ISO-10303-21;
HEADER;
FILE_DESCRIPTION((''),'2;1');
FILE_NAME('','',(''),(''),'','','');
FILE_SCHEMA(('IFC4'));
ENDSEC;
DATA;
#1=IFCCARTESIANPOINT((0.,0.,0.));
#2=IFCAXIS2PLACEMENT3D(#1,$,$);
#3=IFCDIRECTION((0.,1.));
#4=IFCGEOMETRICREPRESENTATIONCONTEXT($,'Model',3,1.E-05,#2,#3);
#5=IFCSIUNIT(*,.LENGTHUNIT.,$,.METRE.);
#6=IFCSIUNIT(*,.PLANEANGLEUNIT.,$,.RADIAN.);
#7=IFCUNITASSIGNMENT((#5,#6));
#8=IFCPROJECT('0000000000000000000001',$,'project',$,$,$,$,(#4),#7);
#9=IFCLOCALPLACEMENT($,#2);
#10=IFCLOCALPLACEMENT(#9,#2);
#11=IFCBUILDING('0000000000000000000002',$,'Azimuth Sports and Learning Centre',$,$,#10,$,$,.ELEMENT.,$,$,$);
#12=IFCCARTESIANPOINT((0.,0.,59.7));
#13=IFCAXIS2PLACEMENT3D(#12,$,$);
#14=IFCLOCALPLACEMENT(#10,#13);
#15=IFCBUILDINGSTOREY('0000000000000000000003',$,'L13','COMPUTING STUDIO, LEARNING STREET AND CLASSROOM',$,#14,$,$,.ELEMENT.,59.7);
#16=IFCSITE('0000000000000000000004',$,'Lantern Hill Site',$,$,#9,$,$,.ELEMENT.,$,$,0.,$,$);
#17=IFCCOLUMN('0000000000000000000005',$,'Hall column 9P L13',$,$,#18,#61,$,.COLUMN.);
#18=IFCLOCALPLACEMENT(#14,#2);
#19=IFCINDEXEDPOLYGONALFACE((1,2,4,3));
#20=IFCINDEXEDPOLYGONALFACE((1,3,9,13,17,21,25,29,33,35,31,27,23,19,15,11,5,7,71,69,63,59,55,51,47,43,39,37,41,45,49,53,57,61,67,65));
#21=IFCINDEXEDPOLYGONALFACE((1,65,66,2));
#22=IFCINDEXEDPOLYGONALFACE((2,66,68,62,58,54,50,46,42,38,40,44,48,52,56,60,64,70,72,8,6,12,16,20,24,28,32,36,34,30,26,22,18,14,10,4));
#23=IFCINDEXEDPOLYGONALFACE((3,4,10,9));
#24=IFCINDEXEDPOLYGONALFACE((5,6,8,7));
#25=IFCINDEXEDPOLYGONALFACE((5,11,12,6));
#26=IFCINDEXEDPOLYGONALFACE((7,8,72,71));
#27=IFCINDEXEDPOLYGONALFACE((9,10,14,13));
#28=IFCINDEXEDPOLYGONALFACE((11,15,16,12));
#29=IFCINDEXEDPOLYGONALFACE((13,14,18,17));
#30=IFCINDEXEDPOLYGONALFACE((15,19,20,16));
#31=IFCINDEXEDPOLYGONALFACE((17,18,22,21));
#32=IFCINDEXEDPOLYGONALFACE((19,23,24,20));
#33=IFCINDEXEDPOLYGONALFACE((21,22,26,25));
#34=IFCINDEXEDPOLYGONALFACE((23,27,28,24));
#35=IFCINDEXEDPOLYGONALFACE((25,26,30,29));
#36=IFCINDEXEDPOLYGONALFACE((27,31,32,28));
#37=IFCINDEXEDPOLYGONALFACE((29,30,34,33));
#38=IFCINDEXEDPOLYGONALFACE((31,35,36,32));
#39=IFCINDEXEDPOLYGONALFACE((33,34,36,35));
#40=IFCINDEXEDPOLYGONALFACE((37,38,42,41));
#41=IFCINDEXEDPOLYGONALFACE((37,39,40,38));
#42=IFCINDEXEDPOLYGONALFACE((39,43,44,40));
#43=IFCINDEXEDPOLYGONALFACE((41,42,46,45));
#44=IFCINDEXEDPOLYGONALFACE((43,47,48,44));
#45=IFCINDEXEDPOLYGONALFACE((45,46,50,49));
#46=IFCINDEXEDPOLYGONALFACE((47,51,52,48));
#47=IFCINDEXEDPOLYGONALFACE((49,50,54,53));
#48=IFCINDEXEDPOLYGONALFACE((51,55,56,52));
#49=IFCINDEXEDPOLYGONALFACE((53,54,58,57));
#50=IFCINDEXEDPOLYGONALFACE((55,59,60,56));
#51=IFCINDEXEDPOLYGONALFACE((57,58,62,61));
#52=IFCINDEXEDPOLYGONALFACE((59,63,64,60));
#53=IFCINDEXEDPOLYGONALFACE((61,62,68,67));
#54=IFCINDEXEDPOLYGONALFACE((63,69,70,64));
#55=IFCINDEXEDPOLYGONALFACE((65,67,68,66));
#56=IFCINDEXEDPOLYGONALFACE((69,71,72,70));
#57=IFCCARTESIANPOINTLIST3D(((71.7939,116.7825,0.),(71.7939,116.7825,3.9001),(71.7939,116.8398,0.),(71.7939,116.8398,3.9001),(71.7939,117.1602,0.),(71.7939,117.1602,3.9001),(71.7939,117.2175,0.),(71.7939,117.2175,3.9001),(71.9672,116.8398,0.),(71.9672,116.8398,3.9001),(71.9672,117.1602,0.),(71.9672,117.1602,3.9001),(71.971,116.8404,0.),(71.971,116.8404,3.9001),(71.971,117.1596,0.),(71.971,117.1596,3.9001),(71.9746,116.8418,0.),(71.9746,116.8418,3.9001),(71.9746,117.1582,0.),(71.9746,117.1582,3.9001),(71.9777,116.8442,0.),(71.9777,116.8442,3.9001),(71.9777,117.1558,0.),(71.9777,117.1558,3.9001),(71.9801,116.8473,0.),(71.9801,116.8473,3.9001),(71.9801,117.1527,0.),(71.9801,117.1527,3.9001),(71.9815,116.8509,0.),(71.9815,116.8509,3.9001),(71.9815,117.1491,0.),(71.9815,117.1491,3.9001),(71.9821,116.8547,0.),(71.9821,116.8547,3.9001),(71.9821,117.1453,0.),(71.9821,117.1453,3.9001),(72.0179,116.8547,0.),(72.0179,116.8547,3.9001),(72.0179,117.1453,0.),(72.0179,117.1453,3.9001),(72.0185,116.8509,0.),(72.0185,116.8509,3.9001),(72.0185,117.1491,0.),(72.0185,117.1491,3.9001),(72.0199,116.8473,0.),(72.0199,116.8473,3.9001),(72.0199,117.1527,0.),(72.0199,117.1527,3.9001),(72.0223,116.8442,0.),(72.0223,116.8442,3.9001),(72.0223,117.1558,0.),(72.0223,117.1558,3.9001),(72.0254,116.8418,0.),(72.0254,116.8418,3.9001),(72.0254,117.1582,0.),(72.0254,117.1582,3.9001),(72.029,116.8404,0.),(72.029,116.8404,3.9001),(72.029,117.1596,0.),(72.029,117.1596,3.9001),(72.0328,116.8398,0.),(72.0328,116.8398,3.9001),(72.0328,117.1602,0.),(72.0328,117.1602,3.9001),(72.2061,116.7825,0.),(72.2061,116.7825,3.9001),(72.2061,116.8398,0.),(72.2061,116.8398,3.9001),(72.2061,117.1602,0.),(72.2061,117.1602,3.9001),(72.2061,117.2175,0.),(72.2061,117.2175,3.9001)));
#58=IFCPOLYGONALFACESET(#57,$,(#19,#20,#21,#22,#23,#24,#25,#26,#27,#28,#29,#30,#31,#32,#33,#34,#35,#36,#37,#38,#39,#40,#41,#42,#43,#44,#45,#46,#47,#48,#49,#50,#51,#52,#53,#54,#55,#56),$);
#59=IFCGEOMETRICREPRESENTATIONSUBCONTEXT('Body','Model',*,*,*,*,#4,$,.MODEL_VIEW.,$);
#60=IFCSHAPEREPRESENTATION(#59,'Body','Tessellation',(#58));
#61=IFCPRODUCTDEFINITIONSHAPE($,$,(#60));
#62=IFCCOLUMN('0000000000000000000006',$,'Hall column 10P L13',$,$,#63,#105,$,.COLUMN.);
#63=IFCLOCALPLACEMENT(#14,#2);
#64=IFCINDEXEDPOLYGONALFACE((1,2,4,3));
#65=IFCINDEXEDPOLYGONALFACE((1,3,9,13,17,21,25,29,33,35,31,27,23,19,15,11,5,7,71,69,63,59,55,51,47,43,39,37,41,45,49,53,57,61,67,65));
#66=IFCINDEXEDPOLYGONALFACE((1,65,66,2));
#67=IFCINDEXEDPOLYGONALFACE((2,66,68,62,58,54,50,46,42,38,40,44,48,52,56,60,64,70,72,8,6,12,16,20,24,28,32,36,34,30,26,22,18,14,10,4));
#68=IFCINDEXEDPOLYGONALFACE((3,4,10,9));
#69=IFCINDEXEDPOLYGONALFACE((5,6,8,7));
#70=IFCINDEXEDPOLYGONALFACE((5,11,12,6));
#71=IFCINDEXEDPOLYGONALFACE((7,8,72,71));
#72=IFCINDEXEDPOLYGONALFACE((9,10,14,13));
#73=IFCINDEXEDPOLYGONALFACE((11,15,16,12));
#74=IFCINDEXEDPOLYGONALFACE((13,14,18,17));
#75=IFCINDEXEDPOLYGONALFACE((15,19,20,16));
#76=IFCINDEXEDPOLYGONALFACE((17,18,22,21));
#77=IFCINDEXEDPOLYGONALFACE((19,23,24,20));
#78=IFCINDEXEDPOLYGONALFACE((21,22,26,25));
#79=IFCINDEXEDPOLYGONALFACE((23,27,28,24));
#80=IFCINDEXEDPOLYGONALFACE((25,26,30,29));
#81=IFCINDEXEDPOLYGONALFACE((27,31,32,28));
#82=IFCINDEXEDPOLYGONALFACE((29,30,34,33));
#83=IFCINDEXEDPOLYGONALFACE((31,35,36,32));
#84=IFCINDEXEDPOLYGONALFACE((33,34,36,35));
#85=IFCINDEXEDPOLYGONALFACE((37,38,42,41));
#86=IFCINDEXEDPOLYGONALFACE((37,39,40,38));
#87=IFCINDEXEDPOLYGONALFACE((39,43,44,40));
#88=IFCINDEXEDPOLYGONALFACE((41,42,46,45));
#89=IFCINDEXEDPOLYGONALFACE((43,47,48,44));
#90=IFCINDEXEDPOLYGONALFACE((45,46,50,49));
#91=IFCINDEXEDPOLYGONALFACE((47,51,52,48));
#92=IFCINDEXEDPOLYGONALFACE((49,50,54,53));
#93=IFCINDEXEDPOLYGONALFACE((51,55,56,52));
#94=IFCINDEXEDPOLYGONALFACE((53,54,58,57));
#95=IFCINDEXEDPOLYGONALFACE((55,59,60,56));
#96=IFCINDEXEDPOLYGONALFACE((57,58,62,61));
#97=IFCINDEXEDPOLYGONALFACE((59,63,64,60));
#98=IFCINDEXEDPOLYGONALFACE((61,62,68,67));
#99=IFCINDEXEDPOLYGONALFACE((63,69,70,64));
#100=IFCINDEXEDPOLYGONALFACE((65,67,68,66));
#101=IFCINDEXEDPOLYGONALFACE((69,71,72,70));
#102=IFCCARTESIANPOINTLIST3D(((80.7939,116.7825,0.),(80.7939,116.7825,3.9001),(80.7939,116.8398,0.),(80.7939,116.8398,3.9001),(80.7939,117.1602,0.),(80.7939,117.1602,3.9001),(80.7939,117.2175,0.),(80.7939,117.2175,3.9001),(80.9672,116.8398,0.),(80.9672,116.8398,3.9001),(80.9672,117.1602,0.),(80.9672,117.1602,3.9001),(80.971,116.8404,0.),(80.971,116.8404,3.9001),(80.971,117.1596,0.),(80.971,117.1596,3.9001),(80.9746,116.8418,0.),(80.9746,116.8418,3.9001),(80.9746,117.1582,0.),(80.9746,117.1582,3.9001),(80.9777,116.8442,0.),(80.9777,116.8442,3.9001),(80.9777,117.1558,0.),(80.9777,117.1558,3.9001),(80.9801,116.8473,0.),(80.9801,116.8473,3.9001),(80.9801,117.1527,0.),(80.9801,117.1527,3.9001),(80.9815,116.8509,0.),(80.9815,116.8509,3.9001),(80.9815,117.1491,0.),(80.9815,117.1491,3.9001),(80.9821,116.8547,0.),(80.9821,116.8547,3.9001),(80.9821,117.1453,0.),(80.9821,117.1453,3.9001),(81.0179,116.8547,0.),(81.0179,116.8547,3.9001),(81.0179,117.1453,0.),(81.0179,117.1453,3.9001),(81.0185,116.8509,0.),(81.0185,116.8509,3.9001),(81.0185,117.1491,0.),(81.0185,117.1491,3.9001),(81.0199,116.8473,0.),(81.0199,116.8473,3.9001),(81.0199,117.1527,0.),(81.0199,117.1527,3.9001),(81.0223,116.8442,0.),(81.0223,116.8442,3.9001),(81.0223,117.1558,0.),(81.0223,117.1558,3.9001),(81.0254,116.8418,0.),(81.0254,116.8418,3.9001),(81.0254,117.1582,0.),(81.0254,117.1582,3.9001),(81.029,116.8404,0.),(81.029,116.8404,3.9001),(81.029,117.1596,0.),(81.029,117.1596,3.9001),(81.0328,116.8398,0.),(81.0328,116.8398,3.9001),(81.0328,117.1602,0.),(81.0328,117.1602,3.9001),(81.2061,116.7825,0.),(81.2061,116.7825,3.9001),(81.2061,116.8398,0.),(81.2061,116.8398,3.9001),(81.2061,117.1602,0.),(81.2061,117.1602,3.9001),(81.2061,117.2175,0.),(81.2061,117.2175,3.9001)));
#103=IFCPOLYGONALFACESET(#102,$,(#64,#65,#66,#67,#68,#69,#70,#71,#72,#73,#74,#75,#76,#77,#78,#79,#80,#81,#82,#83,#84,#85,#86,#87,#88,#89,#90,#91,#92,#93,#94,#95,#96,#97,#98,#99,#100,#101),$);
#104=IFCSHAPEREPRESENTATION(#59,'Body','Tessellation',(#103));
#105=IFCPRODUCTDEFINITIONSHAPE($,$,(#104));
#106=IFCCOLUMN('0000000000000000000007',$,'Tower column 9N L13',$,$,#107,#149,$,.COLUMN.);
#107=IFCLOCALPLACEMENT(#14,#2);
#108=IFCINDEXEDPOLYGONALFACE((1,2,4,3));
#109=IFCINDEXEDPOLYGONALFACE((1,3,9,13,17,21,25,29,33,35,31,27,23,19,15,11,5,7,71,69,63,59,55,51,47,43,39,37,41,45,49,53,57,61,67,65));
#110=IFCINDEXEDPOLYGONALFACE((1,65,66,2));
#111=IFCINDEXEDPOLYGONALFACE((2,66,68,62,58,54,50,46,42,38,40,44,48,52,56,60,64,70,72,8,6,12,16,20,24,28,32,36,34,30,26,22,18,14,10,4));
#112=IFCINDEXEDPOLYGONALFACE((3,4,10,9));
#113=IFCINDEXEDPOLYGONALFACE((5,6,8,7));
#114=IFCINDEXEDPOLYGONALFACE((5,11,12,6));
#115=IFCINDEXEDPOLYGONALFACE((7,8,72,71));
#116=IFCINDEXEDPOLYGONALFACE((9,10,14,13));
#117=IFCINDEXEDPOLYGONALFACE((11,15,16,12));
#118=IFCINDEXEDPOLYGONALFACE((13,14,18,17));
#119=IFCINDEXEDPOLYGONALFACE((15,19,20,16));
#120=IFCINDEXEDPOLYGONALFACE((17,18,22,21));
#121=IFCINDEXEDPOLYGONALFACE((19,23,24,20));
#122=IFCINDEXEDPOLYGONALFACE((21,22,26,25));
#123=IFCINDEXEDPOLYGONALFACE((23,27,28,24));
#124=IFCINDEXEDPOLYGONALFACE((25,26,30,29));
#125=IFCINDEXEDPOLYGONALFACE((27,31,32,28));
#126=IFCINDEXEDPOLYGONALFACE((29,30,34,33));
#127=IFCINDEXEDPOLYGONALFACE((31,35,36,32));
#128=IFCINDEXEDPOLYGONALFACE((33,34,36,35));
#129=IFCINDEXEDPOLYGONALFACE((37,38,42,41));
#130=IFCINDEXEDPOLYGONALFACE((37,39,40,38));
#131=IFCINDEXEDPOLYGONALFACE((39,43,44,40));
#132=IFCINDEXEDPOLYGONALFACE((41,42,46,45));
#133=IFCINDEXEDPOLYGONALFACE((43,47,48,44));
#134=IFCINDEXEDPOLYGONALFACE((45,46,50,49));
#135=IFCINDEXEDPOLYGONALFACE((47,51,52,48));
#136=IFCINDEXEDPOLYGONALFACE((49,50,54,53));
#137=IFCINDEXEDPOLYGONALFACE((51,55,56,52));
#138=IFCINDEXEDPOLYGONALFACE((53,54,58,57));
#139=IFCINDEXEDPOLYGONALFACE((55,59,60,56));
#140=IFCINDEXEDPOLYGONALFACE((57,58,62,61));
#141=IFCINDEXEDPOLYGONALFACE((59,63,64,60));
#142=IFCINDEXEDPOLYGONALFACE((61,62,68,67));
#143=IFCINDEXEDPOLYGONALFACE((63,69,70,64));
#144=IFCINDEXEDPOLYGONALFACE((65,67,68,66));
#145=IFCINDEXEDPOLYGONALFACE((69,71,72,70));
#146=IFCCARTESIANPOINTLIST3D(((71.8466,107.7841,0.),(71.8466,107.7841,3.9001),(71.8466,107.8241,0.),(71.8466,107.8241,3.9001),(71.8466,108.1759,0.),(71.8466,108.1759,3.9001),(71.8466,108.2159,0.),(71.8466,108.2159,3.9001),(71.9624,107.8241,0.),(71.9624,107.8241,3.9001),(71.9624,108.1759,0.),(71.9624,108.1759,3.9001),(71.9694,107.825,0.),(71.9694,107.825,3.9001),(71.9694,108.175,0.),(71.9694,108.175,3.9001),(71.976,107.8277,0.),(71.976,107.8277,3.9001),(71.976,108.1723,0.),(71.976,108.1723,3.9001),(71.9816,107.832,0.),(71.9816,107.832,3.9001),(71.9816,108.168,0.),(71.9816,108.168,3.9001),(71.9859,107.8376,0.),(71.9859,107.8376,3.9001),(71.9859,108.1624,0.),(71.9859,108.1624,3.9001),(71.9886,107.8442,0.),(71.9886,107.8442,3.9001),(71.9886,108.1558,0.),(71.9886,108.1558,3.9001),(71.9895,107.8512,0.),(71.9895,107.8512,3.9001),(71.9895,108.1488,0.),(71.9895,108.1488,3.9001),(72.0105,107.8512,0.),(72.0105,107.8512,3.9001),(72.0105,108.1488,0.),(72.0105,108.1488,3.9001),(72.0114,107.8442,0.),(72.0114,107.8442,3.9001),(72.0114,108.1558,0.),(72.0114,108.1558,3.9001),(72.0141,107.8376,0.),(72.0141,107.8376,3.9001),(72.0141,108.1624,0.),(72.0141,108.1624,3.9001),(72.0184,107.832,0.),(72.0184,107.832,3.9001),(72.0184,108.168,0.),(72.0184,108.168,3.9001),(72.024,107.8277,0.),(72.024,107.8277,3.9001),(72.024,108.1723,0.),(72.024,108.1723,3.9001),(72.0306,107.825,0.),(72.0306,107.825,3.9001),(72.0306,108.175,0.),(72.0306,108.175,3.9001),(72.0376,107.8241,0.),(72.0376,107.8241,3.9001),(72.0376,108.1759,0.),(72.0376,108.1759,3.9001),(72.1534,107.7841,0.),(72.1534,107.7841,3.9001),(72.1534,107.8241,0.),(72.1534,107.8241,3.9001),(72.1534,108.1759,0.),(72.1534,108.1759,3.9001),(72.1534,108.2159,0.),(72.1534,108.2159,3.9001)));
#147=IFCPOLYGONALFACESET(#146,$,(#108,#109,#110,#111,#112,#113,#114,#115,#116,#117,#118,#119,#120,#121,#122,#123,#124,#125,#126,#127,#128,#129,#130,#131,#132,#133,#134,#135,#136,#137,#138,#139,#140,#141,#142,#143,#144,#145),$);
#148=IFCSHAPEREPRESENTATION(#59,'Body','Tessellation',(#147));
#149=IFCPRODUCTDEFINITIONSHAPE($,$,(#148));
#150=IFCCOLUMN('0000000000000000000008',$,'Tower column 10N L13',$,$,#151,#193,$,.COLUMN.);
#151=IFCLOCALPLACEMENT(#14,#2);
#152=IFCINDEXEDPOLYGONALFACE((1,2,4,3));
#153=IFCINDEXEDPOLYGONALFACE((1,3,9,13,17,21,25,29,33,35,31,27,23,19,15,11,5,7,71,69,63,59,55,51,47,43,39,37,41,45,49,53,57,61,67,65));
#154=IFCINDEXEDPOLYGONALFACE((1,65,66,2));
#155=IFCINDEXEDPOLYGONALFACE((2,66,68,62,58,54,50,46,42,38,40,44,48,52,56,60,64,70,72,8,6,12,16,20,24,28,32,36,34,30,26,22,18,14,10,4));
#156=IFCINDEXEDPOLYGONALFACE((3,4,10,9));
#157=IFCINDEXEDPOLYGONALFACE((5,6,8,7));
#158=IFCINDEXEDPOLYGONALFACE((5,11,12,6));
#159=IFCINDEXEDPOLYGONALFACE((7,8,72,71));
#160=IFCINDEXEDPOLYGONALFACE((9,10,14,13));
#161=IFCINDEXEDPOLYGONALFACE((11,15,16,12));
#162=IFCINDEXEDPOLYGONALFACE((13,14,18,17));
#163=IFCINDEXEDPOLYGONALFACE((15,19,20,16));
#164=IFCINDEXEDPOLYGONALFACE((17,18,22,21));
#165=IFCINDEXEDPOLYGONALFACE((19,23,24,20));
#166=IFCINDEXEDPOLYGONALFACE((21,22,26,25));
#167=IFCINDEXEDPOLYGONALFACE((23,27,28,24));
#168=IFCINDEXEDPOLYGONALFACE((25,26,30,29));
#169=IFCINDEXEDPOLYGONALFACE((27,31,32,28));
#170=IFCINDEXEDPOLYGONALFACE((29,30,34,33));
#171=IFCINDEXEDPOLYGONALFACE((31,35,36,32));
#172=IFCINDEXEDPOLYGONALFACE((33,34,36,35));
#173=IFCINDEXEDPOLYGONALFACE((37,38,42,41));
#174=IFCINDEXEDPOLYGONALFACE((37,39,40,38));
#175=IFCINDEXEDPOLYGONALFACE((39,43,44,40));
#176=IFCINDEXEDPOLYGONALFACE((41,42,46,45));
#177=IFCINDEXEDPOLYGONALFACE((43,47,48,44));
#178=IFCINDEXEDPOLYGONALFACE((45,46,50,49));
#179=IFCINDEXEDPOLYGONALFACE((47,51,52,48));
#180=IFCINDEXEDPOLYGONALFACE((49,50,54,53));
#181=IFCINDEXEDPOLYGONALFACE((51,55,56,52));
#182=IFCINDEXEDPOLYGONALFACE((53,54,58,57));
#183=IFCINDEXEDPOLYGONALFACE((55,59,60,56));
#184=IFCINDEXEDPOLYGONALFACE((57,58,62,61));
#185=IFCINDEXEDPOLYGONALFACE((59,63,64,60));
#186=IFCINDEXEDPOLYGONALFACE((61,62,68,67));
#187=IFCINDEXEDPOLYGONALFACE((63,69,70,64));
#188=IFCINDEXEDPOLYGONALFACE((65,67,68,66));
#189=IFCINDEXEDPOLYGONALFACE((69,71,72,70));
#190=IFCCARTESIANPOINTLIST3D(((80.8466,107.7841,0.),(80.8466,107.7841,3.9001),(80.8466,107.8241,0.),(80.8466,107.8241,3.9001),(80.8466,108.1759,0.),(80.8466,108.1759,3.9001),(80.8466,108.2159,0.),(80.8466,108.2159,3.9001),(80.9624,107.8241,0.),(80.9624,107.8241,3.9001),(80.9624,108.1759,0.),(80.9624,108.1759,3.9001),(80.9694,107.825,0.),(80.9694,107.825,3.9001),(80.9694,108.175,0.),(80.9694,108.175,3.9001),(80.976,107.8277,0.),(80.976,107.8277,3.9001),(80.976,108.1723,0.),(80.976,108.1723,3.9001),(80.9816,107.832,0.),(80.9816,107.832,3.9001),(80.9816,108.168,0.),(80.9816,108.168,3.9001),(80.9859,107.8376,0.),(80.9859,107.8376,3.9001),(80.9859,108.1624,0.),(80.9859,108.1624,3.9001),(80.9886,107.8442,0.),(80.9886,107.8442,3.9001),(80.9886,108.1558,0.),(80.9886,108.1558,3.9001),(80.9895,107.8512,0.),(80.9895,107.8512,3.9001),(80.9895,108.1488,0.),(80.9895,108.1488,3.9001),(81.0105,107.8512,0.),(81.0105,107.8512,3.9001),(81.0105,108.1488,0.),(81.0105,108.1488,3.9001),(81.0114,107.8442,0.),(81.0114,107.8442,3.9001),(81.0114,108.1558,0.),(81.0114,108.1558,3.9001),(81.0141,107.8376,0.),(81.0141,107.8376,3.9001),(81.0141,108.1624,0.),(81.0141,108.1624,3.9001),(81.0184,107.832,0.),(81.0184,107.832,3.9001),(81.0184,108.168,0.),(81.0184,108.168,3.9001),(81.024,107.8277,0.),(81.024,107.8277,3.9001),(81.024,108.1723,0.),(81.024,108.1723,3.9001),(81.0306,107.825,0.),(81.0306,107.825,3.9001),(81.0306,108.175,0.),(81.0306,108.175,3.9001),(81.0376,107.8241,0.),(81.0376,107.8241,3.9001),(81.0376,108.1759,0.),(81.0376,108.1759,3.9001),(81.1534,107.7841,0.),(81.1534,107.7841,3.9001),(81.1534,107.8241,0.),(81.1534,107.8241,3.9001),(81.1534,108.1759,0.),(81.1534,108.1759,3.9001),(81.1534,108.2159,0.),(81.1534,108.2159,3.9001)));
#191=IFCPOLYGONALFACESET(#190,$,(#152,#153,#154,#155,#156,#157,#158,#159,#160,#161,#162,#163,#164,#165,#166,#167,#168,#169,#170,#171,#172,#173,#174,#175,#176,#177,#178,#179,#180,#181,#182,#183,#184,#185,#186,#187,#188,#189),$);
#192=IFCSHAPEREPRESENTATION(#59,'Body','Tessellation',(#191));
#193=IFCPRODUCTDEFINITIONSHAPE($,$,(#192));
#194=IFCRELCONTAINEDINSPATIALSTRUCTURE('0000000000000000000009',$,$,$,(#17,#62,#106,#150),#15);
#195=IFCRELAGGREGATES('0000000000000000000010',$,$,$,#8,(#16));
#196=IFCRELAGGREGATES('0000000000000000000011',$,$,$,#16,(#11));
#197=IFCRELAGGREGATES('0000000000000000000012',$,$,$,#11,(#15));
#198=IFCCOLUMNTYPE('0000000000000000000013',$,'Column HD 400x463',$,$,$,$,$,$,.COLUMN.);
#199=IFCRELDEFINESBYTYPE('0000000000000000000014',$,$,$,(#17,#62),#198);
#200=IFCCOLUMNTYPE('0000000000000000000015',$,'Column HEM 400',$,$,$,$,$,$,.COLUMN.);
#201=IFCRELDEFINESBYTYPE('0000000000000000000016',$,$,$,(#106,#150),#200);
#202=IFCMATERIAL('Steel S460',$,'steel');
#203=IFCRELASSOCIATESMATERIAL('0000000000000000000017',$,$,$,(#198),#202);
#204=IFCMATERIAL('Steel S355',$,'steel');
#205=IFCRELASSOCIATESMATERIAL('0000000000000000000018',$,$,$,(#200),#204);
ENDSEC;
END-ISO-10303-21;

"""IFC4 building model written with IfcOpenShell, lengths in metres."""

from ifc_helpers import new_model, si_unit, direction, frame, origin, origin_2d, place, context, subcontext, project, spatial, i_section, extrude, material, material_profile, profile_set, type_object, element, save


model = new_model("IFC4")

# Units and contexts
model_context = context("Model", 3, precision=1e-05, world=origin(), true_north=direction((0.0, 1.0)))
body_context = subcontext(model_context, "Body", "Model", "MODEL_VIEW")
ifc_project = project(units=[si_unit("LENGTHUNIT", "METRE"), si_unit("PLANEANGLEUNIT", "RADIAN")], contexts=[model_context])

# Site, building, storey
site_placement = place(None, origin())
site = spatial("IfcSite", under=ifc_project, at=site_placement, Name="Lantern Hill Site", CompositionType="ELEMENT", RefElevation=0.0)
building_placement = place(site_placement, origin())
building = spatial("IfcBuilding", under=site, at=building_placement, Name="Azimuth Sports and Learning Centre", CompositionType="ELEMENT")
storey_placement = place(building_placement, frame((0.0, 0.0, 59.7)))
storey = spatial("IfcBuildingStorey", under=building, at=storey_placement, Name="L13", Description="COMPUTING STUDIO, LEARNING STREET AND CLASSROOM", CompositionType="ELEMENT", Elevation=59.7)

# Columns
ifc_material_1 = material(Name="Steel S460", Category="steel")
ifc_material_profile_1 = material_profile(ifc_material_1, i_section(OverallWidth=0.4121, OverallDepth=0.4351, WebThickness=0.0359, FlangeThickness=0.0574, FilletRadius=0.0149, at=origin_2d()), Name="HD 400x463")
ifc_profile_set_1 = profile_set([ifc_material_profile_1], Name="Steel S460")
column_type_1 = type_object("IfcColumnType", Name="Column HD 400x463", PredefinedType="COLUMN", material=ifc_profile_set_1)
for number, where, z_axis, x_axis, name in (
    (1, (72.0, 117.0, 0.0), (0.0, 0.0, 1.0), (1.0, 0.0, 0.0), "Hall column 9P L13"),
    (2, (81.0, 117.0, 0.0), (0.0, 0.0, 1.0), (1.0, 0.0, 0.0), "Hall column 10P L13"),
):
    element("IfcColumn", number, at=place(storey_placement, frame(where, z_axis=z_axis, x_axis=x_axis)), inside=storey, type_object=column_type_1, Name=name, PredefinedType="COLUMN", context=body_context, shape_type="SweptSolid", body=[
        extrude(i_section(OverallWidth=0.4121, OverallDepth=0.4351, WebThickness=0.0359, FlangeThickness=0.0574, FilletRadius=0.0149, at=origin_2d()), origin(), (0.0, 0.0, 1.0), 3.9001),
    ])
ifc_material_2 = material(Name="Steel S355", Category="steel")
ifc_material_profile_2 = material_profile(ifc_material_2, i_section(OverallWidth=0.3069, OverallDepth=0.4319, WebThickness=0.021, FlangeThickness=0.04, FilletRadius=0.0271, at=origin_2d()), Name="HEM 400")
ifc_profile_set_2 = profile_set([ifc_material_profile_2], Name="Steel S355")
column_type_2 = type_object("IfcColumnType", Name="Column HEM 400", PredefinedType="COLUMN", material=ifc_profile_set_2)
for number, where, z_axis, x_axis, name in (
    (3, (72.0, 108.0, 0.0), (0.0, 0.0, 1.0), (1.0, 0.0, 0.0), "Tower column 9N L13"),
    (4, (81.0, 108.0, 0.0), (0.0, 0.0, 1.0), (1.0, 0.0, 0.0), "Tower column 10N L13"),
):
    element("IfcColumn", number, at=place(storey_placement, frame(where, z_axis=z_axis, x_axis=x_axis)), inside=storey, type_object=column_type_2, Name=name, PredefinedType="COLUMN", context=body_context, shape_type="SweptSolid", body=[
        extrude(i_section(OverallWidth=0.3069, OverallDepth=0.4319, WebThickness=0.021, FlangeThickness=0.04, FilletRadius=0.0271, at=origin_2d()), origin(), (0.0, 0.0, 1.0), 3.9001),
    ])

save(model, "model.ifc")
